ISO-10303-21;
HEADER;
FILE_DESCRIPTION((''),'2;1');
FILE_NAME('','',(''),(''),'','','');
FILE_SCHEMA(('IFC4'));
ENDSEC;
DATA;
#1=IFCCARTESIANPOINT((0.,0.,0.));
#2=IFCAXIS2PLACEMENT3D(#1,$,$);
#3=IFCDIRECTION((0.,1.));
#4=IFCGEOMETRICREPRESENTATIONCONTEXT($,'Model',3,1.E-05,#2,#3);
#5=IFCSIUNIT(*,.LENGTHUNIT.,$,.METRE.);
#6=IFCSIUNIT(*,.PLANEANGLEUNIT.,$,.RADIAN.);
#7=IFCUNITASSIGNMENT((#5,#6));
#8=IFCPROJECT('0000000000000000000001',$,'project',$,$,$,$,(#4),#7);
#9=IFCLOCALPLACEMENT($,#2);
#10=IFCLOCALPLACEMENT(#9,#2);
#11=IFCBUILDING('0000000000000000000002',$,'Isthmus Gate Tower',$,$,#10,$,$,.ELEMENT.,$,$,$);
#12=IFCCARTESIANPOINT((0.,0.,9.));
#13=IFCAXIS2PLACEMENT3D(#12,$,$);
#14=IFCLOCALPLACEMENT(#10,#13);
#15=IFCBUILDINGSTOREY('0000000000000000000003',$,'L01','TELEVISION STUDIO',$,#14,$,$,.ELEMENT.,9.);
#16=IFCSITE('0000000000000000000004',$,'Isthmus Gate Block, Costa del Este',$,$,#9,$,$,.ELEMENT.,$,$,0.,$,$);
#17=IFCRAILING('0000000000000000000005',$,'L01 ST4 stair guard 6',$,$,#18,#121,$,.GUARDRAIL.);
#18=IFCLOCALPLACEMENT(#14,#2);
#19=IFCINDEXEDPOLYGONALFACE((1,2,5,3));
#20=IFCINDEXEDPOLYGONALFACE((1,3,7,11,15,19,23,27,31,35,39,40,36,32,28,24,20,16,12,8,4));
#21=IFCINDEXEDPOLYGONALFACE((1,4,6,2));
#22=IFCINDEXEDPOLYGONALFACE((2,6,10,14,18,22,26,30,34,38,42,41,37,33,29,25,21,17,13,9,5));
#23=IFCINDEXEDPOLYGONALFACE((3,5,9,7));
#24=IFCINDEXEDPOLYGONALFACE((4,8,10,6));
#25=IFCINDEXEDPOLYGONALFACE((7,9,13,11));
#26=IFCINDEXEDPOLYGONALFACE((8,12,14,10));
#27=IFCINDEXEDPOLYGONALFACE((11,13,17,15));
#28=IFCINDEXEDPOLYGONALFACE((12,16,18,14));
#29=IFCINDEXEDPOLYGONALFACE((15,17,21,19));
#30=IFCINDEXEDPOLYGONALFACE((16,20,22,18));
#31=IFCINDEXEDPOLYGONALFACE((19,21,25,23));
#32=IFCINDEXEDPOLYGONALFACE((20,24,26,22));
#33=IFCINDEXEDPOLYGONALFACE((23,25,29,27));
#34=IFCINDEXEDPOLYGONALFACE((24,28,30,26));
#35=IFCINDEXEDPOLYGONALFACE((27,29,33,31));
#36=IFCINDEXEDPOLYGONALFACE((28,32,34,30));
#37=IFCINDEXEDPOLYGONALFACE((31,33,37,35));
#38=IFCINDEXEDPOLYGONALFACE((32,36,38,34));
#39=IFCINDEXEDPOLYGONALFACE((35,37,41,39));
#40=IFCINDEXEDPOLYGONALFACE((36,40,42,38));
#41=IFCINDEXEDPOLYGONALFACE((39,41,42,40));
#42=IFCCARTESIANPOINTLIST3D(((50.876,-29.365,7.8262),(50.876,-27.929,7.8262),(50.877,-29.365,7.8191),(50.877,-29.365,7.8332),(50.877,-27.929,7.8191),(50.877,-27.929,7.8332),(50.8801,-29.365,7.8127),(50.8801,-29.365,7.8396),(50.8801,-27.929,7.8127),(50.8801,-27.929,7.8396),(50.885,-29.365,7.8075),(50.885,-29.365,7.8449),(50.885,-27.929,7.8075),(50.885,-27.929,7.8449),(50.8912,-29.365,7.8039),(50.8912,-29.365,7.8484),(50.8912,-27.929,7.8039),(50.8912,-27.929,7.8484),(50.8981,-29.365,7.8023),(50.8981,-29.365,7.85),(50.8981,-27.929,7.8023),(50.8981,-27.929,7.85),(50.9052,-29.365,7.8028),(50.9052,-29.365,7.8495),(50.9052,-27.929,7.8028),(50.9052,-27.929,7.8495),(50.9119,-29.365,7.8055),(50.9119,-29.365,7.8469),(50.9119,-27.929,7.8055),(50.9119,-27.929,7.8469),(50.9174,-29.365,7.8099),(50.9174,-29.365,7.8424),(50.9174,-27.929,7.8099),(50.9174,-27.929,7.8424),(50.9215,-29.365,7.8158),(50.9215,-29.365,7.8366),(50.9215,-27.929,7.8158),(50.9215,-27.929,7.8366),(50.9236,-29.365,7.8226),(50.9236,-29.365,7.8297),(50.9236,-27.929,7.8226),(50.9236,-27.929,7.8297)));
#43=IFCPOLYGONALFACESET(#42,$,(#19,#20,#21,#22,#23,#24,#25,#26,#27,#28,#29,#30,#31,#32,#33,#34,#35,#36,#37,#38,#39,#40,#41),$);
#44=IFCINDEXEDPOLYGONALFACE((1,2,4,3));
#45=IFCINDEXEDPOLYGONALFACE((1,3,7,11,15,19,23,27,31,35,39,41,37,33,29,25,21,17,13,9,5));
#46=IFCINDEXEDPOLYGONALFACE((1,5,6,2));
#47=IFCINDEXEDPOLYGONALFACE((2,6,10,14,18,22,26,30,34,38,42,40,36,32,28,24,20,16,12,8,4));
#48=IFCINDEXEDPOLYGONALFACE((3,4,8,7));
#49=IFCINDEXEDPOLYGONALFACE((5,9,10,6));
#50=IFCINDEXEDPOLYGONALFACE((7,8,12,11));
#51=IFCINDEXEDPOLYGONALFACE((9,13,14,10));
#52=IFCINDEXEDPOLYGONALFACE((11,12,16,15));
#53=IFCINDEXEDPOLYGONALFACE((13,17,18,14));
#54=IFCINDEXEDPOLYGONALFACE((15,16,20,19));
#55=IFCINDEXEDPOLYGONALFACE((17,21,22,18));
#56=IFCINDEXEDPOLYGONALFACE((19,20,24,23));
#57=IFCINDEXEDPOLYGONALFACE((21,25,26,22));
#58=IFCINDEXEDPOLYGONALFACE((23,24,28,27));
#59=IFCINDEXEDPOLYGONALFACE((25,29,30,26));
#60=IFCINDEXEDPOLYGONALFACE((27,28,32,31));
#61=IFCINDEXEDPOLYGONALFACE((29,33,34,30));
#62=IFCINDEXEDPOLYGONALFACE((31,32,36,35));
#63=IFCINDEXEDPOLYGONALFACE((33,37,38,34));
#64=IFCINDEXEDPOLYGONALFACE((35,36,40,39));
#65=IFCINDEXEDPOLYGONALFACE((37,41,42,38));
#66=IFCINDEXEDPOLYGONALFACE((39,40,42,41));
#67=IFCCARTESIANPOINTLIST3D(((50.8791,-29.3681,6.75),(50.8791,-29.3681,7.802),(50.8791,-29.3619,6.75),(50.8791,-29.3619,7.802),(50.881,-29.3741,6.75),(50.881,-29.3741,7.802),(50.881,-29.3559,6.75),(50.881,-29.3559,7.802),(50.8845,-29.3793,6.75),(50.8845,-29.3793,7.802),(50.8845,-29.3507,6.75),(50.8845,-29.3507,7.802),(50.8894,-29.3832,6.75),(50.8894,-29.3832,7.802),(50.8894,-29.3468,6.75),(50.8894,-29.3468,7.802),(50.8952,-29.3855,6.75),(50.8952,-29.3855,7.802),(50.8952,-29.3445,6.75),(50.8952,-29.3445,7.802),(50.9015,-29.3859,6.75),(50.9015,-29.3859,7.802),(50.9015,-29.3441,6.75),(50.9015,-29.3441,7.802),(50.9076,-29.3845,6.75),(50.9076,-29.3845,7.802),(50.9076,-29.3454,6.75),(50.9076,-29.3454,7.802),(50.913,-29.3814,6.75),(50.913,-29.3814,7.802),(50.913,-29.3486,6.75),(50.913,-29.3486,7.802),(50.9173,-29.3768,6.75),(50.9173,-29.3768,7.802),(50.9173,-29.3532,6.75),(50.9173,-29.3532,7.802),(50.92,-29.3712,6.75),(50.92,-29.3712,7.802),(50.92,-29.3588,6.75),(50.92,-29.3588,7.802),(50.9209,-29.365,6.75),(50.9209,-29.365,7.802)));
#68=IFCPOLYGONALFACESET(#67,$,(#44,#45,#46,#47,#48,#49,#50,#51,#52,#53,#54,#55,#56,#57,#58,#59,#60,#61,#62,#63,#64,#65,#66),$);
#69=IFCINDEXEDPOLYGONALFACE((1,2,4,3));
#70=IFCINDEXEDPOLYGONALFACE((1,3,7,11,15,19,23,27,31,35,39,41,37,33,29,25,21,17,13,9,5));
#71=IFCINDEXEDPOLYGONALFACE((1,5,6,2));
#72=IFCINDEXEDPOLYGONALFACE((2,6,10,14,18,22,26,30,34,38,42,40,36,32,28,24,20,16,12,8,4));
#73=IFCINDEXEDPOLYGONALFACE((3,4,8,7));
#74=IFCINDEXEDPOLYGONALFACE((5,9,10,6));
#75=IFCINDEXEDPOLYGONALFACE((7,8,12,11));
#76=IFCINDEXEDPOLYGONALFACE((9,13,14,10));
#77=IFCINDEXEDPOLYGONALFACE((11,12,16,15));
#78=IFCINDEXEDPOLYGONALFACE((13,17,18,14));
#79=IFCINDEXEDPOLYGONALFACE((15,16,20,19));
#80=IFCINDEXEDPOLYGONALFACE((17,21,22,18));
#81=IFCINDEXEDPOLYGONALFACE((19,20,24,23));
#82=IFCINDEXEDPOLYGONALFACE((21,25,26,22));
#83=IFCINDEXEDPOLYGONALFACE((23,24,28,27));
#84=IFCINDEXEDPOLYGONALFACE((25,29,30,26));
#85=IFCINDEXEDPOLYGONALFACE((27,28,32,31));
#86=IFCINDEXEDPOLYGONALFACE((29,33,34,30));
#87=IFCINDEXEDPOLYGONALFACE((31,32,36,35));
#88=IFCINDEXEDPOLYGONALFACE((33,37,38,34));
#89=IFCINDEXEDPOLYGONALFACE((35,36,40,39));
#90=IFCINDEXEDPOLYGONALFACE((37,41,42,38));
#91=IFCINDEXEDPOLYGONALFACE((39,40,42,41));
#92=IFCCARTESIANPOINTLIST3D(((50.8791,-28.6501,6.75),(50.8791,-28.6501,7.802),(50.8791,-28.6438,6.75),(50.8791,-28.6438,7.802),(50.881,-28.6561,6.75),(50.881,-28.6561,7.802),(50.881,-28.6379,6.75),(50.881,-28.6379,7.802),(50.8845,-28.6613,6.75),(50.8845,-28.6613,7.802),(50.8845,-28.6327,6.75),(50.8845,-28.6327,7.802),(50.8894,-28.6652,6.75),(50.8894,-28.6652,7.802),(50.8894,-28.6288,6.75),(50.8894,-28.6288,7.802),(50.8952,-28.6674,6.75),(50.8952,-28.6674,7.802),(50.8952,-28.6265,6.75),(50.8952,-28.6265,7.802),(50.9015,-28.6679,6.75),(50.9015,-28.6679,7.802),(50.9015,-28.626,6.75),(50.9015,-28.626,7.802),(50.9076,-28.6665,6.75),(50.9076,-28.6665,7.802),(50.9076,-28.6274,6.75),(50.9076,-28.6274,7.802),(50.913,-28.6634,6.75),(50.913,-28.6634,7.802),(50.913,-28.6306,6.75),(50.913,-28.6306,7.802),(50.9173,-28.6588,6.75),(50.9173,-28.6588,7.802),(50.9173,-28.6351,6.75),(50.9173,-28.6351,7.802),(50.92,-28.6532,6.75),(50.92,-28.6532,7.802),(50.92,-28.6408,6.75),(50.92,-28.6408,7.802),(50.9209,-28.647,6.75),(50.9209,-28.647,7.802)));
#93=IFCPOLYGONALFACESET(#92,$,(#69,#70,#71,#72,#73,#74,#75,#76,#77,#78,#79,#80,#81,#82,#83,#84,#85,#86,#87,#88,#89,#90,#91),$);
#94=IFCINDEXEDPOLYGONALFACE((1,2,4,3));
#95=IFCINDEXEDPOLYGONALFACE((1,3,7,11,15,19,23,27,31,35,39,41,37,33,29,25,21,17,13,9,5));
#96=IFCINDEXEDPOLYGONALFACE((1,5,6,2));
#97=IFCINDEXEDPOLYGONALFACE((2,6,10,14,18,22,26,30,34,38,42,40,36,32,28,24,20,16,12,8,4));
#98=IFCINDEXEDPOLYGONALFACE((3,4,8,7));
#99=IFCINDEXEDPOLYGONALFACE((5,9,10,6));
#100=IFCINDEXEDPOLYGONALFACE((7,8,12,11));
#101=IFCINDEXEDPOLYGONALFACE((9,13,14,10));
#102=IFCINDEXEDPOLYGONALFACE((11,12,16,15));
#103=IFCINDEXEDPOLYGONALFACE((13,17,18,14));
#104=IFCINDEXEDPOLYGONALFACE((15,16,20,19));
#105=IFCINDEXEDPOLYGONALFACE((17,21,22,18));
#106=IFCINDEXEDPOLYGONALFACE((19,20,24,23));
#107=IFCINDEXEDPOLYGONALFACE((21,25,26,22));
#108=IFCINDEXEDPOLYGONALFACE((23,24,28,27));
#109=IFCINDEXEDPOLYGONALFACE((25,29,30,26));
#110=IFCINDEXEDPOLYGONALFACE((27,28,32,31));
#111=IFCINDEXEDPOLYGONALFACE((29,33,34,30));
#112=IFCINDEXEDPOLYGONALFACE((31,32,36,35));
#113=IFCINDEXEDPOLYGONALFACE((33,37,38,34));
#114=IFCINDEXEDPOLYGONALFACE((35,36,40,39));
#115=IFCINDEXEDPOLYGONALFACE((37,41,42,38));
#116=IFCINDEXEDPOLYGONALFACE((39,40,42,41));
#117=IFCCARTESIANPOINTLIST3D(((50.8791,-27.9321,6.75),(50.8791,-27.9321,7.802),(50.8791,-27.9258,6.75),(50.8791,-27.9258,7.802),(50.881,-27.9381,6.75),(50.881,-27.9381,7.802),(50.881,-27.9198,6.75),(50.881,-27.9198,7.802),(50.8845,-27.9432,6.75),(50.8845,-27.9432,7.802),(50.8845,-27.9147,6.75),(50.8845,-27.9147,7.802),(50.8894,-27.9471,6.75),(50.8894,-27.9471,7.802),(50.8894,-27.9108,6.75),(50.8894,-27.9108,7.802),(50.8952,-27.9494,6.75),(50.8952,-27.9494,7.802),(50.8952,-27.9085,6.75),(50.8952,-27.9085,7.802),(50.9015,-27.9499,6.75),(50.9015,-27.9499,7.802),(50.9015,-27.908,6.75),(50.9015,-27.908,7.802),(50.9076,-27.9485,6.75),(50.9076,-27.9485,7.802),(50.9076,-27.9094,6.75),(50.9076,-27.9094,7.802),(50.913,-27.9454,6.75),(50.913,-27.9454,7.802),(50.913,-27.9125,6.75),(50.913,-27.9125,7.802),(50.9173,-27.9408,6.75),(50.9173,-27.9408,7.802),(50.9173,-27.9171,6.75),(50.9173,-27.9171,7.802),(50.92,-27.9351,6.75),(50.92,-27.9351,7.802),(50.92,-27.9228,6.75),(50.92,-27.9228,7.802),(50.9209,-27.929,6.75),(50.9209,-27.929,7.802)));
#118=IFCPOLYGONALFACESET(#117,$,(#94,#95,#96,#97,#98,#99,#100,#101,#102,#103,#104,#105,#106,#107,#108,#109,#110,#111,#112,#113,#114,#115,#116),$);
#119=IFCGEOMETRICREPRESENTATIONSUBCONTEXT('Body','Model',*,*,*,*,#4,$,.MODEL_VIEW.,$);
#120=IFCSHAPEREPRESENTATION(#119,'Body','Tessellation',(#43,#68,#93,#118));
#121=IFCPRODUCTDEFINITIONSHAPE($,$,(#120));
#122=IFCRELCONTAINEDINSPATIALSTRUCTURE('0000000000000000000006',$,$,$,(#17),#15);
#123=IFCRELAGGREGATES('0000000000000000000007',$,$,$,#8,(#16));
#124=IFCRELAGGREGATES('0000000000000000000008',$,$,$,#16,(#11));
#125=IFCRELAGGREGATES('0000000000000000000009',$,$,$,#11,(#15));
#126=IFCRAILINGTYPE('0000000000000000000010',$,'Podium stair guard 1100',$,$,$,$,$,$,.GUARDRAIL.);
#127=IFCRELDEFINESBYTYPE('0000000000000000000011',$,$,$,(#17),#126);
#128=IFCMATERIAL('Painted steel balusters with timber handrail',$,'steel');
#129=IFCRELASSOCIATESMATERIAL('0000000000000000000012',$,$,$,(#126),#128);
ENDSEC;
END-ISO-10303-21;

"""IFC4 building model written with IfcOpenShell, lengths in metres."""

from ifc_helpers import new_model, si_unit, direction, frame, origin, origin_2d, place, context, subcontext, project, spatial, circle, extrude, material, type_object, element, save


model = new_model("IFC4")

# Units and contexts
model_context = context("Model", 3, precision=1e-05, world=origin(), true_north=direction((0.0, 1.0)))
body_context = subcontext(model_context, "Body", "Model", "MODEL_VIEW")
ifc_project = project(units=[si_unit("LENGTHUNIT", "METRE"), si_unit("PLANEANGLEUNIT", "RADIAN")], contexts=[model_context])

# Site, building, storey
site_placement = place(None, origin())
site = spatial("IfcSite", under=ifc_project, at=site_placement, Name="Isthmus Gate Block, Costa del Este", CompositionType="ELEMENT", RefElevation=0.0)
building_placement = place(site_placement, origin())
building = spatial("IfcBuilding", under=site, at=building_placement, Name="Isthmus Gate Tower", CompositionType="ELEMENT")
storey_placement = place(building_placement, frame((0.0, 0.0, 9.0)))
storey = spatial("IfcBuildingStorey", under=building, at=storey_placement, Name="L01", Description="TELEVISION STUDIO", CompositionType="ELEMENT", Elevation=9.0)

# Railing
ifc_material_1 = material(Name="Painted steel balusters with timber handrail", Category="steel")
railing_type_1 = type_object("IfcRailingType", Name="Podium stair guard 1100", PredefinedType="GUARDRAIL", material=ifc_material_1)
railing_1_placement = place(storey_placement, frame((50.8999, -29.365, 6.75)))
element("IfcRailing", 1, at=railing_1_placement, inside=storey, type_object=railing_type_1, Name="L01 ST4 stair guard 6", PredefinedType="GUARDRAIL", context=body_context, shape_type="SweptSolid", body=[
    extrude(circle(Radius=0.0239, at=origin_2d()), frame((0.0, 0.0, 1.0762), z_axis=(0.0, 1.0, 0.0), x_axis=(-1.0, 0.0, 0.0)), (0.0, 0.0, 1.0), 1.436),
    extrude(circle(Radius=0.021, at=origin_2d()), origin(), (0.0, 0.0, 1.0), 1.052),
    extrude(circle(Radius=0.021, at=origin_2d()), frame((0.0, 0.718, 0.0)), (0.0, 0.0, 1.0), 1.052),
    extrude(circle(Radius=0.021, at=origin_2d()), frame((0.0, 1.436, 0.0)), (0.0, 0.0, 1.0), 1.052),
])

save(model, "model.ifc")
